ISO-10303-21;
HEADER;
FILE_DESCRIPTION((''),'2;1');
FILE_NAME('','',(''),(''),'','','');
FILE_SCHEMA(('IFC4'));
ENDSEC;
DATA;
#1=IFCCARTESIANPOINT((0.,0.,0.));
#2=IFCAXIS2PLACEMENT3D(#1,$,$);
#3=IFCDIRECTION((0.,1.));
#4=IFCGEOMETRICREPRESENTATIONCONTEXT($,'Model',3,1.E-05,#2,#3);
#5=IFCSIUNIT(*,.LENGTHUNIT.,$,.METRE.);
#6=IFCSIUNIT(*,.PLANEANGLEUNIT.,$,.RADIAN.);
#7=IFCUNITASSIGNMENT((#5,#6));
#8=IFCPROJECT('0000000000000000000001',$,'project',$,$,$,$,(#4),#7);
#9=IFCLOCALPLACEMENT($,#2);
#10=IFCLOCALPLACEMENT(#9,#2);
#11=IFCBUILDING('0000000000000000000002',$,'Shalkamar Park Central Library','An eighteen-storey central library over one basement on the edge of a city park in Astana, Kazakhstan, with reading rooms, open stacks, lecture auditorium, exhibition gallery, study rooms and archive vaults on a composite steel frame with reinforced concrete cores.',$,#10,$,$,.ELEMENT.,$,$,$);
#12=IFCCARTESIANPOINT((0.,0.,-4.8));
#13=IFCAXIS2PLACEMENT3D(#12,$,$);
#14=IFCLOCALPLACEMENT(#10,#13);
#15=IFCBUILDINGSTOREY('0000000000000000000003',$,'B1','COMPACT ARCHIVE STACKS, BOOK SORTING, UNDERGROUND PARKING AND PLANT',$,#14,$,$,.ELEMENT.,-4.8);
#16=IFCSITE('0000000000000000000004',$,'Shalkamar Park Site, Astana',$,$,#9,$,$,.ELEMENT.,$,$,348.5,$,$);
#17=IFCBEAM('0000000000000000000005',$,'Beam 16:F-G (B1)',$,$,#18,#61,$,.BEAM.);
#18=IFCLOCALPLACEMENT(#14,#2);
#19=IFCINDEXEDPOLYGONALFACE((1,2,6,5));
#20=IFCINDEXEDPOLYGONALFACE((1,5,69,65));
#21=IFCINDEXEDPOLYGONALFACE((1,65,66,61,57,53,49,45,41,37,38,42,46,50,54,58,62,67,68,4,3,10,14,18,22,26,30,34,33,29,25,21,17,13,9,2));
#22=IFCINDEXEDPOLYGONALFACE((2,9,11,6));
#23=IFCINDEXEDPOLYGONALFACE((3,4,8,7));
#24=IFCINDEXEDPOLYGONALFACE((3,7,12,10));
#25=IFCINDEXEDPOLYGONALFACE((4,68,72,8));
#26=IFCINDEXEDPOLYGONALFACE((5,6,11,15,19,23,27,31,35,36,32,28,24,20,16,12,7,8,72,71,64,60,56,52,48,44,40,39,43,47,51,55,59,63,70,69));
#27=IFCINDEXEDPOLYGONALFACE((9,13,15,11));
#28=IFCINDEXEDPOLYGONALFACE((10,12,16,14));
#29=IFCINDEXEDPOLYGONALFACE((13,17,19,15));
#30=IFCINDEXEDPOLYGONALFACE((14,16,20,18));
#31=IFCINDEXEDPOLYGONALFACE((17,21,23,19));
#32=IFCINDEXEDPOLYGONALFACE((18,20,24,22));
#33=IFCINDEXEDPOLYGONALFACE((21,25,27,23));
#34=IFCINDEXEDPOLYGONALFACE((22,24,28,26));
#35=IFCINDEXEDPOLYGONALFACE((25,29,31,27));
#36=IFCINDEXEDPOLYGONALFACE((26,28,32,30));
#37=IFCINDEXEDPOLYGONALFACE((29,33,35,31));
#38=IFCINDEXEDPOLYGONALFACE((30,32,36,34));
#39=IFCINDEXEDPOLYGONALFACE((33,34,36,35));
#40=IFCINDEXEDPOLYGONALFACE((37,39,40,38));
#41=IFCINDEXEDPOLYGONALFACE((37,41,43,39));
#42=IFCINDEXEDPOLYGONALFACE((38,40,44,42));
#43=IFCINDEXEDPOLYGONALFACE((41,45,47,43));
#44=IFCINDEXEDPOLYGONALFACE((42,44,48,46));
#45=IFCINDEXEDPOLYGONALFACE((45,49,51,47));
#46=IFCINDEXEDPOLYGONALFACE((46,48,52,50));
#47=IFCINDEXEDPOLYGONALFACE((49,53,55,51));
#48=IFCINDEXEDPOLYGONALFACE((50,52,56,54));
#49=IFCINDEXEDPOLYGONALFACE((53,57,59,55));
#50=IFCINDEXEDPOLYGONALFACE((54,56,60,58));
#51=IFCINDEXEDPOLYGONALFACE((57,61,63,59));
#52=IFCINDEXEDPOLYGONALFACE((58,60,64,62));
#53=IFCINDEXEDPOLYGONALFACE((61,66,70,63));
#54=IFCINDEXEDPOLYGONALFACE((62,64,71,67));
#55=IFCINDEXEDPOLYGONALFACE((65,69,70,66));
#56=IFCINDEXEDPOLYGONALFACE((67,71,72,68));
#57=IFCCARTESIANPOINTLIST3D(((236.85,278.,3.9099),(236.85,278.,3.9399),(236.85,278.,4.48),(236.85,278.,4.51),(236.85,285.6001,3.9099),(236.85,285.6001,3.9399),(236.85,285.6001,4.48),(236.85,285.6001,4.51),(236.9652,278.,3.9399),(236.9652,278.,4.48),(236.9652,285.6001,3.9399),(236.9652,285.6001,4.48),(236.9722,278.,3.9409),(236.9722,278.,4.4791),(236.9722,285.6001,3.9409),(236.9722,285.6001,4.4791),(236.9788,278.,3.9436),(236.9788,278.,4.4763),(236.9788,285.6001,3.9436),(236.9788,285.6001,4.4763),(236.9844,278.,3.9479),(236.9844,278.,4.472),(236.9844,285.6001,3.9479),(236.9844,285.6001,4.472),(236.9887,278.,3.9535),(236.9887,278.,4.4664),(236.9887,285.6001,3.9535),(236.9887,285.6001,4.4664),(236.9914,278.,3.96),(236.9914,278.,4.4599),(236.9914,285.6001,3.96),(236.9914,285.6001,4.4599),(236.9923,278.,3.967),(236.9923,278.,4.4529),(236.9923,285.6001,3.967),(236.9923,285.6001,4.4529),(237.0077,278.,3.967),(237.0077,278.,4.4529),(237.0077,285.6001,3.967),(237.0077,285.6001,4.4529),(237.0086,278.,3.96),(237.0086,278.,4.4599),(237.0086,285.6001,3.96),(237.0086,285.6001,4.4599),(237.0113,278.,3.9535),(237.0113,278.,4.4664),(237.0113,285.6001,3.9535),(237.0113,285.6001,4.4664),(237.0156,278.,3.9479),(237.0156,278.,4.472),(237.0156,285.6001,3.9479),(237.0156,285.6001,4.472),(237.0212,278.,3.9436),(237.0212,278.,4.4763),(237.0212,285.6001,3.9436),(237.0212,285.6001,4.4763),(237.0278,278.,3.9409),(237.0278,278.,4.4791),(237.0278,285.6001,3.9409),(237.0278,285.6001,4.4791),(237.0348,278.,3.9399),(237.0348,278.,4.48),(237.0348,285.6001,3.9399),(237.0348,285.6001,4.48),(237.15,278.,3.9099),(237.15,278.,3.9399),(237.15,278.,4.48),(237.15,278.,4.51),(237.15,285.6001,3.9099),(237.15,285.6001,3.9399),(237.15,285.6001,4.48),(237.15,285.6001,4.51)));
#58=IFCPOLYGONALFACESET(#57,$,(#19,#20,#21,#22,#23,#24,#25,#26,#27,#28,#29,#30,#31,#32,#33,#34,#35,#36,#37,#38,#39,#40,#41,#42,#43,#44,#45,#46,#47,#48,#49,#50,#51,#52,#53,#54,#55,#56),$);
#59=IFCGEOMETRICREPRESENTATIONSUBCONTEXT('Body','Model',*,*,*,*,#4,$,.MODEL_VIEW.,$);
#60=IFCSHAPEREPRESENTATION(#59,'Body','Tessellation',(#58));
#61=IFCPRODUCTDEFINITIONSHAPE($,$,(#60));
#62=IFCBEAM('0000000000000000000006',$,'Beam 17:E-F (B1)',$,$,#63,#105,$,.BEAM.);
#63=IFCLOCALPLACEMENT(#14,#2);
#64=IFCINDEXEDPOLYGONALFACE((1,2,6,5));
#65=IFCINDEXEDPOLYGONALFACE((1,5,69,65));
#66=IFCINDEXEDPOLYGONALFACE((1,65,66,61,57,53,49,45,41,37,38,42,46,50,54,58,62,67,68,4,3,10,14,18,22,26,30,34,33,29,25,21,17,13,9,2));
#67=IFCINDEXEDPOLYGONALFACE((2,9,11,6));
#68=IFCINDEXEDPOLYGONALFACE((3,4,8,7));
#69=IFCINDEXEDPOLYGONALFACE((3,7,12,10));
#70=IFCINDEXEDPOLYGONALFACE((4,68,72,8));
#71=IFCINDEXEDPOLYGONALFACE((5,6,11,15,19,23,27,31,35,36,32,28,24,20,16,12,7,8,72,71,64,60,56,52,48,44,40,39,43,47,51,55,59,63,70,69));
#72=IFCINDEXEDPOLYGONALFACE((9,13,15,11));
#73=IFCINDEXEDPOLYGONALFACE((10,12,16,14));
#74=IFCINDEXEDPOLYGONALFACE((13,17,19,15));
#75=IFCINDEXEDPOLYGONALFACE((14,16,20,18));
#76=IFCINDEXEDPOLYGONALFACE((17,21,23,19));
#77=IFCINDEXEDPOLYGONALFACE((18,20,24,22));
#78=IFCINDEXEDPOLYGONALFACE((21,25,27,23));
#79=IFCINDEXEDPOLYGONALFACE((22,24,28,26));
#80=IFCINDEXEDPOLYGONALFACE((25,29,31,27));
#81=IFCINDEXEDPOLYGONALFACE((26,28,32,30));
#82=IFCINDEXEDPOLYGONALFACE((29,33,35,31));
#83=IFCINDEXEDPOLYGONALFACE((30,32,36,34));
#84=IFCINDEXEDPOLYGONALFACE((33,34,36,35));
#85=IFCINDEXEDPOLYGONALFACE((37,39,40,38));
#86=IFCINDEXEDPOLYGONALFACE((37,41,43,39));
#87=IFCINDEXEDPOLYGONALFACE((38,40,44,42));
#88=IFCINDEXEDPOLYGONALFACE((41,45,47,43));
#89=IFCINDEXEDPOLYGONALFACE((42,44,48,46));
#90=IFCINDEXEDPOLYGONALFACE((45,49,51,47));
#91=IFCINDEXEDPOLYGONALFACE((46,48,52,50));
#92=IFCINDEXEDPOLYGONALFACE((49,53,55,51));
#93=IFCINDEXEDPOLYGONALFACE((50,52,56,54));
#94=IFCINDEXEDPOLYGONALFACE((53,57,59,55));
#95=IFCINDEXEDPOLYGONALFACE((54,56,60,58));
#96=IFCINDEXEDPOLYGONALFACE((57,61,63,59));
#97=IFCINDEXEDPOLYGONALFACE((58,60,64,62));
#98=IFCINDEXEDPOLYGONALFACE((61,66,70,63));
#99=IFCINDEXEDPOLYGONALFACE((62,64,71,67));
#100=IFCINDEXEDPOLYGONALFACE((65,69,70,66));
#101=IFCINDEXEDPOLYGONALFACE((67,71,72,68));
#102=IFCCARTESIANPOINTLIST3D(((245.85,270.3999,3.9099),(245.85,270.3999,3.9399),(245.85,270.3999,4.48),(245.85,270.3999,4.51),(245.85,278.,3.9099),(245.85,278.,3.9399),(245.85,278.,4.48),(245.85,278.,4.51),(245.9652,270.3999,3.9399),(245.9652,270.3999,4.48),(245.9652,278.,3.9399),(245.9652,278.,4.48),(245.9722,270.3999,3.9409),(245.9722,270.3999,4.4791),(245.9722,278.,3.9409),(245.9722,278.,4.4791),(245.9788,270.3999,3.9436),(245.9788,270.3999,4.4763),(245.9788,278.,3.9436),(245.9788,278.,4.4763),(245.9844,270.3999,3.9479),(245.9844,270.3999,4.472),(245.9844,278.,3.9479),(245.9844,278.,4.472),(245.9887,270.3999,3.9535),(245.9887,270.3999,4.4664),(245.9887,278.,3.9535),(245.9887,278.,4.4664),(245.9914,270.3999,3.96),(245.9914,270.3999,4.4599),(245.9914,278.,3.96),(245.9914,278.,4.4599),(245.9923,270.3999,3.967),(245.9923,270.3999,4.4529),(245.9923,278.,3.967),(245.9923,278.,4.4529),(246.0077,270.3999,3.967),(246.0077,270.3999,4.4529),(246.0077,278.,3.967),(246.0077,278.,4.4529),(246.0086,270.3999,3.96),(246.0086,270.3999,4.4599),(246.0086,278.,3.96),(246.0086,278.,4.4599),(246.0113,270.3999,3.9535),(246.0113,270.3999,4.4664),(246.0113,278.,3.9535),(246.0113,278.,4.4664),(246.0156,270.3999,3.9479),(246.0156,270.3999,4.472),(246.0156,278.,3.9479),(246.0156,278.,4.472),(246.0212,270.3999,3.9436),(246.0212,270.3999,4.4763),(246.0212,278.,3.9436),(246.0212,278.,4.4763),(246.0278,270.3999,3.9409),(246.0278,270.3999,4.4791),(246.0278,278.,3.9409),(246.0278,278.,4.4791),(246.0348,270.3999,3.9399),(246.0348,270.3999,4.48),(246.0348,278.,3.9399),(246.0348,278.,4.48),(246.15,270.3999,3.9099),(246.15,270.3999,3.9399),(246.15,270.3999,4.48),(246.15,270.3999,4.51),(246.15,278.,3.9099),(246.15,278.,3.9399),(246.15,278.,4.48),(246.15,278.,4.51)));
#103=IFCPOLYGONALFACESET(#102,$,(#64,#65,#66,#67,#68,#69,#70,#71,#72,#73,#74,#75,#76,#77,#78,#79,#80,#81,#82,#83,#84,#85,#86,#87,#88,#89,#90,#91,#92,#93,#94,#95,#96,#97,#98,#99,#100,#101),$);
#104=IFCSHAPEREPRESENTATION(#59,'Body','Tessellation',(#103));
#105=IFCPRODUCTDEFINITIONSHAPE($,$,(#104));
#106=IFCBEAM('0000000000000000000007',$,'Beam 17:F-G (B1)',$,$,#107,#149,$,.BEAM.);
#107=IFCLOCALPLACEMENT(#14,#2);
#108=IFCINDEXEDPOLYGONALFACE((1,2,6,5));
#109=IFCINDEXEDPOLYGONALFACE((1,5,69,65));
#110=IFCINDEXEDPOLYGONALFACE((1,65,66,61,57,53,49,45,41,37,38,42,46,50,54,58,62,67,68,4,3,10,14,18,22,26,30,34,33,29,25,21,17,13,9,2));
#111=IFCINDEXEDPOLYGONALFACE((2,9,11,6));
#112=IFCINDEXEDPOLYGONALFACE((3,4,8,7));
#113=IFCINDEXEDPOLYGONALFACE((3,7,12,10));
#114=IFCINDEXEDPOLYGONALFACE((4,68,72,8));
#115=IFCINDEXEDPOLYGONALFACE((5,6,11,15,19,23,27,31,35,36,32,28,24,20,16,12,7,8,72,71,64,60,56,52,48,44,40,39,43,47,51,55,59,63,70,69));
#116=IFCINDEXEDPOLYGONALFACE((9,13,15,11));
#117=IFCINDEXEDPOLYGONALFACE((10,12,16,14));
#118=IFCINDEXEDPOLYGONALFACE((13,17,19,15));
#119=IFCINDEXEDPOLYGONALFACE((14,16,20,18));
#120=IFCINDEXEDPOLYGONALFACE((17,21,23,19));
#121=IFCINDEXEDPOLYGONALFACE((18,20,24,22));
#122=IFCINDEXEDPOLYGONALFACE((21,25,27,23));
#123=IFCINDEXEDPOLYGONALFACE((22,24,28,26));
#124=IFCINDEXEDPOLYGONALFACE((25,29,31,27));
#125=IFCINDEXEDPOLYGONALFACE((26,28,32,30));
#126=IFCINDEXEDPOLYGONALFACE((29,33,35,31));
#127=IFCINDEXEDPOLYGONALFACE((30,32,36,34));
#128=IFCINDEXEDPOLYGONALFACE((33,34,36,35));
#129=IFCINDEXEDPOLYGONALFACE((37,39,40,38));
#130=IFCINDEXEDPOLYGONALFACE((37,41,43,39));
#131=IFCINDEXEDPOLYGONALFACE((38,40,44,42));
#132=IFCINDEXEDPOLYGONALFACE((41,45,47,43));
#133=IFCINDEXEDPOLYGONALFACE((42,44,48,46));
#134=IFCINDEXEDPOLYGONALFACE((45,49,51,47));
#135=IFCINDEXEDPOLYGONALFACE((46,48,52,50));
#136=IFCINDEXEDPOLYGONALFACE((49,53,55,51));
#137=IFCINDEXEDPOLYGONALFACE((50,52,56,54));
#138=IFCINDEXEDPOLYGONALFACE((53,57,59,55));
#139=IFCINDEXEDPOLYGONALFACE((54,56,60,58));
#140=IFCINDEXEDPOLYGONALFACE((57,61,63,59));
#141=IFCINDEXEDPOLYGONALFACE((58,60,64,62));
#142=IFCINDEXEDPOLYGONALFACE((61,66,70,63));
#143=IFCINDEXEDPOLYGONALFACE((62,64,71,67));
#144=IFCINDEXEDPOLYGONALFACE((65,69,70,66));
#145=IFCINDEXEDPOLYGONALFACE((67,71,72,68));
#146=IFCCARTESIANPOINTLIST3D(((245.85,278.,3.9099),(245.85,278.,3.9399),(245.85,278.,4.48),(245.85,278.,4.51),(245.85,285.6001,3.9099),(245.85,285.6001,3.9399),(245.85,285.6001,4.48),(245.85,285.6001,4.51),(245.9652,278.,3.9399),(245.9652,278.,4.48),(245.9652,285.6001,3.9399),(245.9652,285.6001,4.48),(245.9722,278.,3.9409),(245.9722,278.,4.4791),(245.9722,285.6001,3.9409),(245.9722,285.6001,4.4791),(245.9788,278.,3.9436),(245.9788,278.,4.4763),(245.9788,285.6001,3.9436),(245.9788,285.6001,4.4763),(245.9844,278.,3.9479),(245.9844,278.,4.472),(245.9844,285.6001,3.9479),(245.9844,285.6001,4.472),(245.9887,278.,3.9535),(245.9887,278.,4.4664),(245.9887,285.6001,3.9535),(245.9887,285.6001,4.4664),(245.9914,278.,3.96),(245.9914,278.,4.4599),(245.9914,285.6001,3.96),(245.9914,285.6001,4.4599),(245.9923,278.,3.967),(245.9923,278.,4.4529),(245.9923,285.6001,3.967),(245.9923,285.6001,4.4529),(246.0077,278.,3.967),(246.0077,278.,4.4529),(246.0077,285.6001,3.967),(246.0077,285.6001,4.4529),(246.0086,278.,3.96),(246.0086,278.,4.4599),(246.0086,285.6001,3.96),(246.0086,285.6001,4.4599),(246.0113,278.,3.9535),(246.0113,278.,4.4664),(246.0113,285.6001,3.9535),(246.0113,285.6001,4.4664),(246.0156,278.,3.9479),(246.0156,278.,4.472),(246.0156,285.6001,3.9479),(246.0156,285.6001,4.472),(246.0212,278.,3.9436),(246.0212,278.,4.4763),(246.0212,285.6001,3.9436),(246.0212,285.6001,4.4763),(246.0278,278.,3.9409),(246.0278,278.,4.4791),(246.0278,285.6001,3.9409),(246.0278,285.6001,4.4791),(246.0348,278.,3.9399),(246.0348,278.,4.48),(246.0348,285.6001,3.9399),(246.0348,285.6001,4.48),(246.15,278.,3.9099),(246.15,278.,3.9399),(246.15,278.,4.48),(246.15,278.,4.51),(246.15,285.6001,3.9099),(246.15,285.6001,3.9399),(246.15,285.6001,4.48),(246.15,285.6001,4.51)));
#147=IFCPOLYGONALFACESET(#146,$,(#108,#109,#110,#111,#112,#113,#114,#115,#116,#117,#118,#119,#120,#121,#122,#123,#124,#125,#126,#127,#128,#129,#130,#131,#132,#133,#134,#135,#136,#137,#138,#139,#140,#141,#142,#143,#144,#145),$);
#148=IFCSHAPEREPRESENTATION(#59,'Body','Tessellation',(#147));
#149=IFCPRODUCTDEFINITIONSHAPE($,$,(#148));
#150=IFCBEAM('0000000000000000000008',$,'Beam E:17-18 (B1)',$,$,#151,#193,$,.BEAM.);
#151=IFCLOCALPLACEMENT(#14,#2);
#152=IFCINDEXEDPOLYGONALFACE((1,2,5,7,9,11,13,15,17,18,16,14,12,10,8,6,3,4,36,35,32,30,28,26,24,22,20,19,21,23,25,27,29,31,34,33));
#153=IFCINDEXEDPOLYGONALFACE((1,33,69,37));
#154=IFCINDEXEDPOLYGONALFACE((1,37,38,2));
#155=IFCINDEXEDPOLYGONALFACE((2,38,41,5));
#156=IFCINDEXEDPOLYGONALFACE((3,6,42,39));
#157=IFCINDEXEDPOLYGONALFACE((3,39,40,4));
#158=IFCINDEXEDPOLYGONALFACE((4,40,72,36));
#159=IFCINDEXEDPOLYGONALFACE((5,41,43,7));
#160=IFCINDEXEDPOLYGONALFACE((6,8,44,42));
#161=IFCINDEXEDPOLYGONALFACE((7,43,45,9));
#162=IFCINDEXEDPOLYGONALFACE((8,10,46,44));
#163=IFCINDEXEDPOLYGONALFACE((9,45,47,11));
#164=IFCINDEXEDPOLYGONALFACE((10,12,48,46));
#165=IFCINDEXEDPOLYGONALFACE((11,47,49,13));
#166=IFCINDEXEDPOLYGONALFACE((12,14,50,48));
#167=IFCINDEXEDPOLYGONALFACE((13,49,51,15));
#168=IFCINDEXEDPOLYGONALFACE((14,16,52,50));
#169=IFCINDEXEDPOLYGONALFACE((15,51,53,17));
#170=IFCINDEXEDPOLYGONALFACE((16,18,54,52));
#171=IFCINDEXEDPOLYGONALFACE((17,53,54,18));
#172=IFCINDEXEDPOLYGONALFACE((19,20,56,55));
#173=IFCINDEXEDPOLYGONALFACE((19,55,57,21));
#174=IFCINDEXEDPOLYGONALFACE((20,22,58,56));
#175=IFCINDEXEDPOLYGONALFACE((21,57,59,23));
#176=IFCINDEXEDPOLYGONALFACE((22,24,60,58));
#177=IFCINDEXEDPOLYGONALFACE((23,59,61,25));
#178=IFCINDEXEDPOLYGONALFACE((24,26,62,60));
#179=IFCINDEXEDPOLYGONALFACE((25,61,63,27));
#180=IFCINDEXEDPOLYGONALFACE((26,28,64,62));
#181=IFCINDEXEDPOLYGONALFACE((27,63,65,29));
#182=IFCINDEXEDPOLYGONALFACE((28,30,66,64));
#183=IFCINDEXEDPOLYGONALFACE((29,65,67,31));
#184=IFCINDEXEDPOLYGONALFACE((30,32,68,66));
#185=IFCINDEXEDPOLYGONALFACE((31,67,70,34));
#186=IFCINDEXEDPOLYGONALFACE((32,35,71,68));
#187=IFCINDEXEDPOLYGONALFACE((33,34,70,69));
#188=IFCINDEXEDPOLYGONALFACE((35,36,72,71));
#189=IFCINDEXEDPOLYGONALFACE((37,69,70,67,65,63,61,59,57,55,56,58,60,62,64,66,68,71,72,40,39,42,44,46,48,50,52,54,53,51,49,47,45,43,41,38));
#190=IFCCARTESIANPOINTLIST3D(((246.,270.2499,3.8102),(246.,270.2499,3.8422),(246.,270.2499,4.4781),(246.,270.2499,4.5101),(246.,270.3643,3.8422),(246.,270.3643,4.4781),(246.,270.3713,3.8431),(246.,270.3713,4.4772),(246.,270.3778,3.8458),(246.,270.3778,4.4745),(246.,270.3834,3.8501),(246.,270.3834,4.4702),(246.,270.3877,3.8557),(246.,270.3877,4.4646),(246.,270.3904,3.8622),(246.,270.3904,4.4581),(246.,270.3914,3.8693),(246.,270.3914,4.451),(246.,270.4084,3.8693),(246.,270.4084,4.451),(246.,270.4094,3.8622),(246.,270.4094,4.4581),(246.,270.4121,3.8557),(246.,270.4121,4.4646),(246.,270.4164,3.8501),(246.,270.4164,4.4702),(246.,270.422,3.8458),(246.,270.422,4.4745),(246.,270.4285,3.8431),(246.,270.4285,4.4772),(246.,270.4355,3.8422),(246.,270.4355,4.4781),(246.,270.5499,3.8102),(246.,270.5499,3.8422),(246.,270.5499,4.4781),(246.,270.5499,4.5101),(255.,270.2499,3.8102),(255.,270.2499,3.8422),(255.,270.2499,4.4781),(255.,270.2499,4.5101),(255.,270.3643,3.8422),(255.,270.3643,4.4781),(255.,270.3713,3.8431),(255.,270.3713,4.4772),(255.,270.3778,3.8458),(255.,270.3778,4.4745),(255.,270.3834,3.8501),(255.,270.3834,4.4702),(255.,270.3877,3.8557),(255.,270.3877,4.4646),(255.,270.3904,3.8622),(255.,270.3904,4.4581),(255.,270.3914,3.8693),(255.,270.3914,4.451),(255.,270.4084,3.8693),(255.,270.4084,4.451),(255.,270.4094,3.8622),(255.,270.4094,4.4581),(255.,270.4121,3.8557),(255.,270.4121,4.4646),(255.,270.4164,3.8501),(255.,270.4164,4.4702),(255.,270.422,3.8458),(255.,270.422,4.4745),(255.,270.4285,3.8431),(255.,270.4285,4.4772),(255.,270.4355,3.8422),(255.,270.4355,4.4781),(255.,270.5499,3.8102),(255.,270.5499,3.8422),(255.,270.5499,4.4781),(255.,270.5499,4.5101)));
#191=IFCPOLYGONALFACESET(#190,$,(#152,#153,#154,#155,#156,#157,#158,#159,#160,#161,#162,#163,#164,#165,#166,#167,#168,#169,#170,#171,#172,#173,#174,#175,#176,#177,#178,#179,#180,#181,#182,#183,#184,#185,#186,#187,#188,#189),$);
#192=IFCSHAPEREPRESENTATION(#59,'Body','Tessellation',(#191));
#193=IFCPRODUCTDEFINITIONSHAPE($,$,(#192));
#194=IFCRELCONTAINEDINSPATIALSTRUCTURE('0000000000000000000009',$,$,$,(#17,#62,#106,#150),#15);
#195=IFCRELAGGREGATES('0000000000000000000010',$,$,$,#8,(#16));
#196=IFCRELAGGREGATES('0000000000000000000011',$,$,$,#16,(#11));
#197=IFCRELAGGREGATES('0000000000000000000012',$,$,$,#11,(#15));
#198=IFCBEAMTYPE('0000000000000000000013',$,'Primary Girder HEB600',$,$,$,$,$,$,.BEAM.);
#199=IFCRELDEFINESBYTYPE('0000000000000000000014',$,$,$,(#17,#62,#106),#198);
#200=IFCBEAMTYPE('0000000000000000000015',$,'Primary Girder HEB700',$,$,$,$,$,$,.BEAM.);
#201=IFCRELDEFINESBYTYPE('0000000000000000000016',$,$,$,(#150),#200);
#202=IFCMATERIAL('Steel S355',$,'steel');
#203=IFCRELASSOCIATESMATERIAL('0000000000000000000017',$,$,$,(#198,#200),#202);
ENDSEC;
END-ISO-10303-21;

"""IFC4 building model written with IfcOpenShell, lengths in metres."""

from ifc_helpers import new_model, si_unit, direction, frame, origin, origin_2d, place, context, subcontext, project, spatial, i_section, extrude, material, material_profile, profile_set, type_object, element, save


model = new_model("IFC4")

# Units and contexts
model_context = context("Model", 3, precision=1e-05, world=origin(), true_north=direction((0.0, 1.0)))
body_context = subcontext(model_context, "Body", "Model", "MODEL_VIEW")
ifc_project = project(units=[si_unit("LENGTHUNIT", "METRE"), si_unit("PLANEANGLEUNIT", "RADIAN")], contexts=[model_context])

# Site, building, storey
site_placement = place(None, origin())
site = spatial("IfcSite", under=ifc_project, at=site_placement, Name="Shalkamar Park Site, Astana", CompositionType="ELEMENT", RefElevation=348.5)
building_placement = place(site_placement, origin())
building = spatial("IfcBuilding", under=site, at=building_placement, Name="Shalkamar Park Central Library", Description="An eighteen-storey central library over one basement on the edge of a city park in Astana, Kazakhstan, with reading rooms, open stacks, lecture auditorium, exhibition gallery, study rooms and archive vaults on a composite steel frame with reinforced concrete cores.", CompositionType="ELEMENT")
storey_placement = place(building_placement, frame((0.0, 0.0, -4.8)))
storey = spatial("IfcBuildingStorey", under=building, at=storey_placement, Name="B1", Description="COMPACT ARCHIVE STACKS, BOOK SORTING, UNDERGROUND PARKING AND PLANT", CompositionType="ELEMENT", Elevation=-4.8)

# Shared definitions
ifc_material_1 = material(Name="Steel S355", Category="steel")

# Beams
ifc_material_profile_1 = material_profile(ifc_material_1, i_section(OverallWidth=0.3, OverallDepth=0.6001, WebThickness=0.0154, FlangeThickness=0.03, FilletRadius=0.0271, at=origin_2d()), Name="HEB 600")
ifc_profile_set_1 = profile_set([ifc_material_profile_1], Name="Steel S355")
beam_type_1 = type_object("IfcBeamType", Name="Primary Girder HEB600", PredefinedType="BEAM", material=ifc_profile_set_1)
for number, where, z_axis, x_axis, name in (
    (1, (237.0, 278.0, 4.21), (0.0, 1.0, 0.0), (-1.0, 0.0, 0.0), "Beam 16:F-G (B1)"),
    (2, (246.0, 270.3999, 4.21), (0.0, 1.0, 0.0), (-1.0, 0.0, 0.0), "Beam 17:E-F (B1)"),
    (3, (246.0, 278.0, 4.21), (0.0, 1.0, 0.0), (-1.0, 0.0, 0.0), "Beam 17:F-G (B1)"),
):
    element("IfcBeam", number, at=place(storey_placement, frame(where, z_axis=z_axis, x_axis=x_axis)), inside=storey, type_object=beam_type_1, Name=name, PredefinedType="BEAM", context=body_context, shape_type="SweptSolid", body=[
        extrude(i_section(OverallWidth=0.3, OverallDepth=0.6001, WebThickness=0.0154, FlangeThickness=0.03, FilletRadius=0.0271, at=origin_2d()), origin(), (0.0, 0.0, 1.0), 7.6001),
    ])
ifc_material_profile_2 = material_profile(ifc_material_1, i_section(OverallWidth=0.3, OverallDepth=0.7, WebThickness=0.0171, FlangeThickness=0.032, FilletRadius=0.0271, at=origin_2d()), Name="HEB 700")
ifc_profile_set_2 = profile_set([ifc_material_profile_2], Name="Steel S355")
beam_type_2 = type_object("IfcBeamType", Name="Primary Girder HEB700", PredefinedType="BEAM", material=ifc_profile_set_2)
for number, where, z_axis, x_axis, name in (
    (4, (246.0, 270.3999, 4.1602), (1.0, 0.0, 0.0), (0.0, 1.0, 0.0), "Beam E:17-18 (B1)"),
):
    element("IfcBeam", number, at=place(storey_placement, frame(where, z_axis=z_axis, x_axis=x_axis)), inside=storey, type_object=beam_type_2, Name=name, PredefinedType="BEAM", context=body_context, shape_type="SweptSolid", body=[
        extrude(i_section(OverallWidth=0.3, OverallDepth=0.7, WebThickness=0.0171, FlangeThickness=0.032, FilletRadius=0.0271, at=origin_2d()), origin(), (0.0, 0.0, 1.0), 9.0),
    ])

save(model, "model.ifc")
